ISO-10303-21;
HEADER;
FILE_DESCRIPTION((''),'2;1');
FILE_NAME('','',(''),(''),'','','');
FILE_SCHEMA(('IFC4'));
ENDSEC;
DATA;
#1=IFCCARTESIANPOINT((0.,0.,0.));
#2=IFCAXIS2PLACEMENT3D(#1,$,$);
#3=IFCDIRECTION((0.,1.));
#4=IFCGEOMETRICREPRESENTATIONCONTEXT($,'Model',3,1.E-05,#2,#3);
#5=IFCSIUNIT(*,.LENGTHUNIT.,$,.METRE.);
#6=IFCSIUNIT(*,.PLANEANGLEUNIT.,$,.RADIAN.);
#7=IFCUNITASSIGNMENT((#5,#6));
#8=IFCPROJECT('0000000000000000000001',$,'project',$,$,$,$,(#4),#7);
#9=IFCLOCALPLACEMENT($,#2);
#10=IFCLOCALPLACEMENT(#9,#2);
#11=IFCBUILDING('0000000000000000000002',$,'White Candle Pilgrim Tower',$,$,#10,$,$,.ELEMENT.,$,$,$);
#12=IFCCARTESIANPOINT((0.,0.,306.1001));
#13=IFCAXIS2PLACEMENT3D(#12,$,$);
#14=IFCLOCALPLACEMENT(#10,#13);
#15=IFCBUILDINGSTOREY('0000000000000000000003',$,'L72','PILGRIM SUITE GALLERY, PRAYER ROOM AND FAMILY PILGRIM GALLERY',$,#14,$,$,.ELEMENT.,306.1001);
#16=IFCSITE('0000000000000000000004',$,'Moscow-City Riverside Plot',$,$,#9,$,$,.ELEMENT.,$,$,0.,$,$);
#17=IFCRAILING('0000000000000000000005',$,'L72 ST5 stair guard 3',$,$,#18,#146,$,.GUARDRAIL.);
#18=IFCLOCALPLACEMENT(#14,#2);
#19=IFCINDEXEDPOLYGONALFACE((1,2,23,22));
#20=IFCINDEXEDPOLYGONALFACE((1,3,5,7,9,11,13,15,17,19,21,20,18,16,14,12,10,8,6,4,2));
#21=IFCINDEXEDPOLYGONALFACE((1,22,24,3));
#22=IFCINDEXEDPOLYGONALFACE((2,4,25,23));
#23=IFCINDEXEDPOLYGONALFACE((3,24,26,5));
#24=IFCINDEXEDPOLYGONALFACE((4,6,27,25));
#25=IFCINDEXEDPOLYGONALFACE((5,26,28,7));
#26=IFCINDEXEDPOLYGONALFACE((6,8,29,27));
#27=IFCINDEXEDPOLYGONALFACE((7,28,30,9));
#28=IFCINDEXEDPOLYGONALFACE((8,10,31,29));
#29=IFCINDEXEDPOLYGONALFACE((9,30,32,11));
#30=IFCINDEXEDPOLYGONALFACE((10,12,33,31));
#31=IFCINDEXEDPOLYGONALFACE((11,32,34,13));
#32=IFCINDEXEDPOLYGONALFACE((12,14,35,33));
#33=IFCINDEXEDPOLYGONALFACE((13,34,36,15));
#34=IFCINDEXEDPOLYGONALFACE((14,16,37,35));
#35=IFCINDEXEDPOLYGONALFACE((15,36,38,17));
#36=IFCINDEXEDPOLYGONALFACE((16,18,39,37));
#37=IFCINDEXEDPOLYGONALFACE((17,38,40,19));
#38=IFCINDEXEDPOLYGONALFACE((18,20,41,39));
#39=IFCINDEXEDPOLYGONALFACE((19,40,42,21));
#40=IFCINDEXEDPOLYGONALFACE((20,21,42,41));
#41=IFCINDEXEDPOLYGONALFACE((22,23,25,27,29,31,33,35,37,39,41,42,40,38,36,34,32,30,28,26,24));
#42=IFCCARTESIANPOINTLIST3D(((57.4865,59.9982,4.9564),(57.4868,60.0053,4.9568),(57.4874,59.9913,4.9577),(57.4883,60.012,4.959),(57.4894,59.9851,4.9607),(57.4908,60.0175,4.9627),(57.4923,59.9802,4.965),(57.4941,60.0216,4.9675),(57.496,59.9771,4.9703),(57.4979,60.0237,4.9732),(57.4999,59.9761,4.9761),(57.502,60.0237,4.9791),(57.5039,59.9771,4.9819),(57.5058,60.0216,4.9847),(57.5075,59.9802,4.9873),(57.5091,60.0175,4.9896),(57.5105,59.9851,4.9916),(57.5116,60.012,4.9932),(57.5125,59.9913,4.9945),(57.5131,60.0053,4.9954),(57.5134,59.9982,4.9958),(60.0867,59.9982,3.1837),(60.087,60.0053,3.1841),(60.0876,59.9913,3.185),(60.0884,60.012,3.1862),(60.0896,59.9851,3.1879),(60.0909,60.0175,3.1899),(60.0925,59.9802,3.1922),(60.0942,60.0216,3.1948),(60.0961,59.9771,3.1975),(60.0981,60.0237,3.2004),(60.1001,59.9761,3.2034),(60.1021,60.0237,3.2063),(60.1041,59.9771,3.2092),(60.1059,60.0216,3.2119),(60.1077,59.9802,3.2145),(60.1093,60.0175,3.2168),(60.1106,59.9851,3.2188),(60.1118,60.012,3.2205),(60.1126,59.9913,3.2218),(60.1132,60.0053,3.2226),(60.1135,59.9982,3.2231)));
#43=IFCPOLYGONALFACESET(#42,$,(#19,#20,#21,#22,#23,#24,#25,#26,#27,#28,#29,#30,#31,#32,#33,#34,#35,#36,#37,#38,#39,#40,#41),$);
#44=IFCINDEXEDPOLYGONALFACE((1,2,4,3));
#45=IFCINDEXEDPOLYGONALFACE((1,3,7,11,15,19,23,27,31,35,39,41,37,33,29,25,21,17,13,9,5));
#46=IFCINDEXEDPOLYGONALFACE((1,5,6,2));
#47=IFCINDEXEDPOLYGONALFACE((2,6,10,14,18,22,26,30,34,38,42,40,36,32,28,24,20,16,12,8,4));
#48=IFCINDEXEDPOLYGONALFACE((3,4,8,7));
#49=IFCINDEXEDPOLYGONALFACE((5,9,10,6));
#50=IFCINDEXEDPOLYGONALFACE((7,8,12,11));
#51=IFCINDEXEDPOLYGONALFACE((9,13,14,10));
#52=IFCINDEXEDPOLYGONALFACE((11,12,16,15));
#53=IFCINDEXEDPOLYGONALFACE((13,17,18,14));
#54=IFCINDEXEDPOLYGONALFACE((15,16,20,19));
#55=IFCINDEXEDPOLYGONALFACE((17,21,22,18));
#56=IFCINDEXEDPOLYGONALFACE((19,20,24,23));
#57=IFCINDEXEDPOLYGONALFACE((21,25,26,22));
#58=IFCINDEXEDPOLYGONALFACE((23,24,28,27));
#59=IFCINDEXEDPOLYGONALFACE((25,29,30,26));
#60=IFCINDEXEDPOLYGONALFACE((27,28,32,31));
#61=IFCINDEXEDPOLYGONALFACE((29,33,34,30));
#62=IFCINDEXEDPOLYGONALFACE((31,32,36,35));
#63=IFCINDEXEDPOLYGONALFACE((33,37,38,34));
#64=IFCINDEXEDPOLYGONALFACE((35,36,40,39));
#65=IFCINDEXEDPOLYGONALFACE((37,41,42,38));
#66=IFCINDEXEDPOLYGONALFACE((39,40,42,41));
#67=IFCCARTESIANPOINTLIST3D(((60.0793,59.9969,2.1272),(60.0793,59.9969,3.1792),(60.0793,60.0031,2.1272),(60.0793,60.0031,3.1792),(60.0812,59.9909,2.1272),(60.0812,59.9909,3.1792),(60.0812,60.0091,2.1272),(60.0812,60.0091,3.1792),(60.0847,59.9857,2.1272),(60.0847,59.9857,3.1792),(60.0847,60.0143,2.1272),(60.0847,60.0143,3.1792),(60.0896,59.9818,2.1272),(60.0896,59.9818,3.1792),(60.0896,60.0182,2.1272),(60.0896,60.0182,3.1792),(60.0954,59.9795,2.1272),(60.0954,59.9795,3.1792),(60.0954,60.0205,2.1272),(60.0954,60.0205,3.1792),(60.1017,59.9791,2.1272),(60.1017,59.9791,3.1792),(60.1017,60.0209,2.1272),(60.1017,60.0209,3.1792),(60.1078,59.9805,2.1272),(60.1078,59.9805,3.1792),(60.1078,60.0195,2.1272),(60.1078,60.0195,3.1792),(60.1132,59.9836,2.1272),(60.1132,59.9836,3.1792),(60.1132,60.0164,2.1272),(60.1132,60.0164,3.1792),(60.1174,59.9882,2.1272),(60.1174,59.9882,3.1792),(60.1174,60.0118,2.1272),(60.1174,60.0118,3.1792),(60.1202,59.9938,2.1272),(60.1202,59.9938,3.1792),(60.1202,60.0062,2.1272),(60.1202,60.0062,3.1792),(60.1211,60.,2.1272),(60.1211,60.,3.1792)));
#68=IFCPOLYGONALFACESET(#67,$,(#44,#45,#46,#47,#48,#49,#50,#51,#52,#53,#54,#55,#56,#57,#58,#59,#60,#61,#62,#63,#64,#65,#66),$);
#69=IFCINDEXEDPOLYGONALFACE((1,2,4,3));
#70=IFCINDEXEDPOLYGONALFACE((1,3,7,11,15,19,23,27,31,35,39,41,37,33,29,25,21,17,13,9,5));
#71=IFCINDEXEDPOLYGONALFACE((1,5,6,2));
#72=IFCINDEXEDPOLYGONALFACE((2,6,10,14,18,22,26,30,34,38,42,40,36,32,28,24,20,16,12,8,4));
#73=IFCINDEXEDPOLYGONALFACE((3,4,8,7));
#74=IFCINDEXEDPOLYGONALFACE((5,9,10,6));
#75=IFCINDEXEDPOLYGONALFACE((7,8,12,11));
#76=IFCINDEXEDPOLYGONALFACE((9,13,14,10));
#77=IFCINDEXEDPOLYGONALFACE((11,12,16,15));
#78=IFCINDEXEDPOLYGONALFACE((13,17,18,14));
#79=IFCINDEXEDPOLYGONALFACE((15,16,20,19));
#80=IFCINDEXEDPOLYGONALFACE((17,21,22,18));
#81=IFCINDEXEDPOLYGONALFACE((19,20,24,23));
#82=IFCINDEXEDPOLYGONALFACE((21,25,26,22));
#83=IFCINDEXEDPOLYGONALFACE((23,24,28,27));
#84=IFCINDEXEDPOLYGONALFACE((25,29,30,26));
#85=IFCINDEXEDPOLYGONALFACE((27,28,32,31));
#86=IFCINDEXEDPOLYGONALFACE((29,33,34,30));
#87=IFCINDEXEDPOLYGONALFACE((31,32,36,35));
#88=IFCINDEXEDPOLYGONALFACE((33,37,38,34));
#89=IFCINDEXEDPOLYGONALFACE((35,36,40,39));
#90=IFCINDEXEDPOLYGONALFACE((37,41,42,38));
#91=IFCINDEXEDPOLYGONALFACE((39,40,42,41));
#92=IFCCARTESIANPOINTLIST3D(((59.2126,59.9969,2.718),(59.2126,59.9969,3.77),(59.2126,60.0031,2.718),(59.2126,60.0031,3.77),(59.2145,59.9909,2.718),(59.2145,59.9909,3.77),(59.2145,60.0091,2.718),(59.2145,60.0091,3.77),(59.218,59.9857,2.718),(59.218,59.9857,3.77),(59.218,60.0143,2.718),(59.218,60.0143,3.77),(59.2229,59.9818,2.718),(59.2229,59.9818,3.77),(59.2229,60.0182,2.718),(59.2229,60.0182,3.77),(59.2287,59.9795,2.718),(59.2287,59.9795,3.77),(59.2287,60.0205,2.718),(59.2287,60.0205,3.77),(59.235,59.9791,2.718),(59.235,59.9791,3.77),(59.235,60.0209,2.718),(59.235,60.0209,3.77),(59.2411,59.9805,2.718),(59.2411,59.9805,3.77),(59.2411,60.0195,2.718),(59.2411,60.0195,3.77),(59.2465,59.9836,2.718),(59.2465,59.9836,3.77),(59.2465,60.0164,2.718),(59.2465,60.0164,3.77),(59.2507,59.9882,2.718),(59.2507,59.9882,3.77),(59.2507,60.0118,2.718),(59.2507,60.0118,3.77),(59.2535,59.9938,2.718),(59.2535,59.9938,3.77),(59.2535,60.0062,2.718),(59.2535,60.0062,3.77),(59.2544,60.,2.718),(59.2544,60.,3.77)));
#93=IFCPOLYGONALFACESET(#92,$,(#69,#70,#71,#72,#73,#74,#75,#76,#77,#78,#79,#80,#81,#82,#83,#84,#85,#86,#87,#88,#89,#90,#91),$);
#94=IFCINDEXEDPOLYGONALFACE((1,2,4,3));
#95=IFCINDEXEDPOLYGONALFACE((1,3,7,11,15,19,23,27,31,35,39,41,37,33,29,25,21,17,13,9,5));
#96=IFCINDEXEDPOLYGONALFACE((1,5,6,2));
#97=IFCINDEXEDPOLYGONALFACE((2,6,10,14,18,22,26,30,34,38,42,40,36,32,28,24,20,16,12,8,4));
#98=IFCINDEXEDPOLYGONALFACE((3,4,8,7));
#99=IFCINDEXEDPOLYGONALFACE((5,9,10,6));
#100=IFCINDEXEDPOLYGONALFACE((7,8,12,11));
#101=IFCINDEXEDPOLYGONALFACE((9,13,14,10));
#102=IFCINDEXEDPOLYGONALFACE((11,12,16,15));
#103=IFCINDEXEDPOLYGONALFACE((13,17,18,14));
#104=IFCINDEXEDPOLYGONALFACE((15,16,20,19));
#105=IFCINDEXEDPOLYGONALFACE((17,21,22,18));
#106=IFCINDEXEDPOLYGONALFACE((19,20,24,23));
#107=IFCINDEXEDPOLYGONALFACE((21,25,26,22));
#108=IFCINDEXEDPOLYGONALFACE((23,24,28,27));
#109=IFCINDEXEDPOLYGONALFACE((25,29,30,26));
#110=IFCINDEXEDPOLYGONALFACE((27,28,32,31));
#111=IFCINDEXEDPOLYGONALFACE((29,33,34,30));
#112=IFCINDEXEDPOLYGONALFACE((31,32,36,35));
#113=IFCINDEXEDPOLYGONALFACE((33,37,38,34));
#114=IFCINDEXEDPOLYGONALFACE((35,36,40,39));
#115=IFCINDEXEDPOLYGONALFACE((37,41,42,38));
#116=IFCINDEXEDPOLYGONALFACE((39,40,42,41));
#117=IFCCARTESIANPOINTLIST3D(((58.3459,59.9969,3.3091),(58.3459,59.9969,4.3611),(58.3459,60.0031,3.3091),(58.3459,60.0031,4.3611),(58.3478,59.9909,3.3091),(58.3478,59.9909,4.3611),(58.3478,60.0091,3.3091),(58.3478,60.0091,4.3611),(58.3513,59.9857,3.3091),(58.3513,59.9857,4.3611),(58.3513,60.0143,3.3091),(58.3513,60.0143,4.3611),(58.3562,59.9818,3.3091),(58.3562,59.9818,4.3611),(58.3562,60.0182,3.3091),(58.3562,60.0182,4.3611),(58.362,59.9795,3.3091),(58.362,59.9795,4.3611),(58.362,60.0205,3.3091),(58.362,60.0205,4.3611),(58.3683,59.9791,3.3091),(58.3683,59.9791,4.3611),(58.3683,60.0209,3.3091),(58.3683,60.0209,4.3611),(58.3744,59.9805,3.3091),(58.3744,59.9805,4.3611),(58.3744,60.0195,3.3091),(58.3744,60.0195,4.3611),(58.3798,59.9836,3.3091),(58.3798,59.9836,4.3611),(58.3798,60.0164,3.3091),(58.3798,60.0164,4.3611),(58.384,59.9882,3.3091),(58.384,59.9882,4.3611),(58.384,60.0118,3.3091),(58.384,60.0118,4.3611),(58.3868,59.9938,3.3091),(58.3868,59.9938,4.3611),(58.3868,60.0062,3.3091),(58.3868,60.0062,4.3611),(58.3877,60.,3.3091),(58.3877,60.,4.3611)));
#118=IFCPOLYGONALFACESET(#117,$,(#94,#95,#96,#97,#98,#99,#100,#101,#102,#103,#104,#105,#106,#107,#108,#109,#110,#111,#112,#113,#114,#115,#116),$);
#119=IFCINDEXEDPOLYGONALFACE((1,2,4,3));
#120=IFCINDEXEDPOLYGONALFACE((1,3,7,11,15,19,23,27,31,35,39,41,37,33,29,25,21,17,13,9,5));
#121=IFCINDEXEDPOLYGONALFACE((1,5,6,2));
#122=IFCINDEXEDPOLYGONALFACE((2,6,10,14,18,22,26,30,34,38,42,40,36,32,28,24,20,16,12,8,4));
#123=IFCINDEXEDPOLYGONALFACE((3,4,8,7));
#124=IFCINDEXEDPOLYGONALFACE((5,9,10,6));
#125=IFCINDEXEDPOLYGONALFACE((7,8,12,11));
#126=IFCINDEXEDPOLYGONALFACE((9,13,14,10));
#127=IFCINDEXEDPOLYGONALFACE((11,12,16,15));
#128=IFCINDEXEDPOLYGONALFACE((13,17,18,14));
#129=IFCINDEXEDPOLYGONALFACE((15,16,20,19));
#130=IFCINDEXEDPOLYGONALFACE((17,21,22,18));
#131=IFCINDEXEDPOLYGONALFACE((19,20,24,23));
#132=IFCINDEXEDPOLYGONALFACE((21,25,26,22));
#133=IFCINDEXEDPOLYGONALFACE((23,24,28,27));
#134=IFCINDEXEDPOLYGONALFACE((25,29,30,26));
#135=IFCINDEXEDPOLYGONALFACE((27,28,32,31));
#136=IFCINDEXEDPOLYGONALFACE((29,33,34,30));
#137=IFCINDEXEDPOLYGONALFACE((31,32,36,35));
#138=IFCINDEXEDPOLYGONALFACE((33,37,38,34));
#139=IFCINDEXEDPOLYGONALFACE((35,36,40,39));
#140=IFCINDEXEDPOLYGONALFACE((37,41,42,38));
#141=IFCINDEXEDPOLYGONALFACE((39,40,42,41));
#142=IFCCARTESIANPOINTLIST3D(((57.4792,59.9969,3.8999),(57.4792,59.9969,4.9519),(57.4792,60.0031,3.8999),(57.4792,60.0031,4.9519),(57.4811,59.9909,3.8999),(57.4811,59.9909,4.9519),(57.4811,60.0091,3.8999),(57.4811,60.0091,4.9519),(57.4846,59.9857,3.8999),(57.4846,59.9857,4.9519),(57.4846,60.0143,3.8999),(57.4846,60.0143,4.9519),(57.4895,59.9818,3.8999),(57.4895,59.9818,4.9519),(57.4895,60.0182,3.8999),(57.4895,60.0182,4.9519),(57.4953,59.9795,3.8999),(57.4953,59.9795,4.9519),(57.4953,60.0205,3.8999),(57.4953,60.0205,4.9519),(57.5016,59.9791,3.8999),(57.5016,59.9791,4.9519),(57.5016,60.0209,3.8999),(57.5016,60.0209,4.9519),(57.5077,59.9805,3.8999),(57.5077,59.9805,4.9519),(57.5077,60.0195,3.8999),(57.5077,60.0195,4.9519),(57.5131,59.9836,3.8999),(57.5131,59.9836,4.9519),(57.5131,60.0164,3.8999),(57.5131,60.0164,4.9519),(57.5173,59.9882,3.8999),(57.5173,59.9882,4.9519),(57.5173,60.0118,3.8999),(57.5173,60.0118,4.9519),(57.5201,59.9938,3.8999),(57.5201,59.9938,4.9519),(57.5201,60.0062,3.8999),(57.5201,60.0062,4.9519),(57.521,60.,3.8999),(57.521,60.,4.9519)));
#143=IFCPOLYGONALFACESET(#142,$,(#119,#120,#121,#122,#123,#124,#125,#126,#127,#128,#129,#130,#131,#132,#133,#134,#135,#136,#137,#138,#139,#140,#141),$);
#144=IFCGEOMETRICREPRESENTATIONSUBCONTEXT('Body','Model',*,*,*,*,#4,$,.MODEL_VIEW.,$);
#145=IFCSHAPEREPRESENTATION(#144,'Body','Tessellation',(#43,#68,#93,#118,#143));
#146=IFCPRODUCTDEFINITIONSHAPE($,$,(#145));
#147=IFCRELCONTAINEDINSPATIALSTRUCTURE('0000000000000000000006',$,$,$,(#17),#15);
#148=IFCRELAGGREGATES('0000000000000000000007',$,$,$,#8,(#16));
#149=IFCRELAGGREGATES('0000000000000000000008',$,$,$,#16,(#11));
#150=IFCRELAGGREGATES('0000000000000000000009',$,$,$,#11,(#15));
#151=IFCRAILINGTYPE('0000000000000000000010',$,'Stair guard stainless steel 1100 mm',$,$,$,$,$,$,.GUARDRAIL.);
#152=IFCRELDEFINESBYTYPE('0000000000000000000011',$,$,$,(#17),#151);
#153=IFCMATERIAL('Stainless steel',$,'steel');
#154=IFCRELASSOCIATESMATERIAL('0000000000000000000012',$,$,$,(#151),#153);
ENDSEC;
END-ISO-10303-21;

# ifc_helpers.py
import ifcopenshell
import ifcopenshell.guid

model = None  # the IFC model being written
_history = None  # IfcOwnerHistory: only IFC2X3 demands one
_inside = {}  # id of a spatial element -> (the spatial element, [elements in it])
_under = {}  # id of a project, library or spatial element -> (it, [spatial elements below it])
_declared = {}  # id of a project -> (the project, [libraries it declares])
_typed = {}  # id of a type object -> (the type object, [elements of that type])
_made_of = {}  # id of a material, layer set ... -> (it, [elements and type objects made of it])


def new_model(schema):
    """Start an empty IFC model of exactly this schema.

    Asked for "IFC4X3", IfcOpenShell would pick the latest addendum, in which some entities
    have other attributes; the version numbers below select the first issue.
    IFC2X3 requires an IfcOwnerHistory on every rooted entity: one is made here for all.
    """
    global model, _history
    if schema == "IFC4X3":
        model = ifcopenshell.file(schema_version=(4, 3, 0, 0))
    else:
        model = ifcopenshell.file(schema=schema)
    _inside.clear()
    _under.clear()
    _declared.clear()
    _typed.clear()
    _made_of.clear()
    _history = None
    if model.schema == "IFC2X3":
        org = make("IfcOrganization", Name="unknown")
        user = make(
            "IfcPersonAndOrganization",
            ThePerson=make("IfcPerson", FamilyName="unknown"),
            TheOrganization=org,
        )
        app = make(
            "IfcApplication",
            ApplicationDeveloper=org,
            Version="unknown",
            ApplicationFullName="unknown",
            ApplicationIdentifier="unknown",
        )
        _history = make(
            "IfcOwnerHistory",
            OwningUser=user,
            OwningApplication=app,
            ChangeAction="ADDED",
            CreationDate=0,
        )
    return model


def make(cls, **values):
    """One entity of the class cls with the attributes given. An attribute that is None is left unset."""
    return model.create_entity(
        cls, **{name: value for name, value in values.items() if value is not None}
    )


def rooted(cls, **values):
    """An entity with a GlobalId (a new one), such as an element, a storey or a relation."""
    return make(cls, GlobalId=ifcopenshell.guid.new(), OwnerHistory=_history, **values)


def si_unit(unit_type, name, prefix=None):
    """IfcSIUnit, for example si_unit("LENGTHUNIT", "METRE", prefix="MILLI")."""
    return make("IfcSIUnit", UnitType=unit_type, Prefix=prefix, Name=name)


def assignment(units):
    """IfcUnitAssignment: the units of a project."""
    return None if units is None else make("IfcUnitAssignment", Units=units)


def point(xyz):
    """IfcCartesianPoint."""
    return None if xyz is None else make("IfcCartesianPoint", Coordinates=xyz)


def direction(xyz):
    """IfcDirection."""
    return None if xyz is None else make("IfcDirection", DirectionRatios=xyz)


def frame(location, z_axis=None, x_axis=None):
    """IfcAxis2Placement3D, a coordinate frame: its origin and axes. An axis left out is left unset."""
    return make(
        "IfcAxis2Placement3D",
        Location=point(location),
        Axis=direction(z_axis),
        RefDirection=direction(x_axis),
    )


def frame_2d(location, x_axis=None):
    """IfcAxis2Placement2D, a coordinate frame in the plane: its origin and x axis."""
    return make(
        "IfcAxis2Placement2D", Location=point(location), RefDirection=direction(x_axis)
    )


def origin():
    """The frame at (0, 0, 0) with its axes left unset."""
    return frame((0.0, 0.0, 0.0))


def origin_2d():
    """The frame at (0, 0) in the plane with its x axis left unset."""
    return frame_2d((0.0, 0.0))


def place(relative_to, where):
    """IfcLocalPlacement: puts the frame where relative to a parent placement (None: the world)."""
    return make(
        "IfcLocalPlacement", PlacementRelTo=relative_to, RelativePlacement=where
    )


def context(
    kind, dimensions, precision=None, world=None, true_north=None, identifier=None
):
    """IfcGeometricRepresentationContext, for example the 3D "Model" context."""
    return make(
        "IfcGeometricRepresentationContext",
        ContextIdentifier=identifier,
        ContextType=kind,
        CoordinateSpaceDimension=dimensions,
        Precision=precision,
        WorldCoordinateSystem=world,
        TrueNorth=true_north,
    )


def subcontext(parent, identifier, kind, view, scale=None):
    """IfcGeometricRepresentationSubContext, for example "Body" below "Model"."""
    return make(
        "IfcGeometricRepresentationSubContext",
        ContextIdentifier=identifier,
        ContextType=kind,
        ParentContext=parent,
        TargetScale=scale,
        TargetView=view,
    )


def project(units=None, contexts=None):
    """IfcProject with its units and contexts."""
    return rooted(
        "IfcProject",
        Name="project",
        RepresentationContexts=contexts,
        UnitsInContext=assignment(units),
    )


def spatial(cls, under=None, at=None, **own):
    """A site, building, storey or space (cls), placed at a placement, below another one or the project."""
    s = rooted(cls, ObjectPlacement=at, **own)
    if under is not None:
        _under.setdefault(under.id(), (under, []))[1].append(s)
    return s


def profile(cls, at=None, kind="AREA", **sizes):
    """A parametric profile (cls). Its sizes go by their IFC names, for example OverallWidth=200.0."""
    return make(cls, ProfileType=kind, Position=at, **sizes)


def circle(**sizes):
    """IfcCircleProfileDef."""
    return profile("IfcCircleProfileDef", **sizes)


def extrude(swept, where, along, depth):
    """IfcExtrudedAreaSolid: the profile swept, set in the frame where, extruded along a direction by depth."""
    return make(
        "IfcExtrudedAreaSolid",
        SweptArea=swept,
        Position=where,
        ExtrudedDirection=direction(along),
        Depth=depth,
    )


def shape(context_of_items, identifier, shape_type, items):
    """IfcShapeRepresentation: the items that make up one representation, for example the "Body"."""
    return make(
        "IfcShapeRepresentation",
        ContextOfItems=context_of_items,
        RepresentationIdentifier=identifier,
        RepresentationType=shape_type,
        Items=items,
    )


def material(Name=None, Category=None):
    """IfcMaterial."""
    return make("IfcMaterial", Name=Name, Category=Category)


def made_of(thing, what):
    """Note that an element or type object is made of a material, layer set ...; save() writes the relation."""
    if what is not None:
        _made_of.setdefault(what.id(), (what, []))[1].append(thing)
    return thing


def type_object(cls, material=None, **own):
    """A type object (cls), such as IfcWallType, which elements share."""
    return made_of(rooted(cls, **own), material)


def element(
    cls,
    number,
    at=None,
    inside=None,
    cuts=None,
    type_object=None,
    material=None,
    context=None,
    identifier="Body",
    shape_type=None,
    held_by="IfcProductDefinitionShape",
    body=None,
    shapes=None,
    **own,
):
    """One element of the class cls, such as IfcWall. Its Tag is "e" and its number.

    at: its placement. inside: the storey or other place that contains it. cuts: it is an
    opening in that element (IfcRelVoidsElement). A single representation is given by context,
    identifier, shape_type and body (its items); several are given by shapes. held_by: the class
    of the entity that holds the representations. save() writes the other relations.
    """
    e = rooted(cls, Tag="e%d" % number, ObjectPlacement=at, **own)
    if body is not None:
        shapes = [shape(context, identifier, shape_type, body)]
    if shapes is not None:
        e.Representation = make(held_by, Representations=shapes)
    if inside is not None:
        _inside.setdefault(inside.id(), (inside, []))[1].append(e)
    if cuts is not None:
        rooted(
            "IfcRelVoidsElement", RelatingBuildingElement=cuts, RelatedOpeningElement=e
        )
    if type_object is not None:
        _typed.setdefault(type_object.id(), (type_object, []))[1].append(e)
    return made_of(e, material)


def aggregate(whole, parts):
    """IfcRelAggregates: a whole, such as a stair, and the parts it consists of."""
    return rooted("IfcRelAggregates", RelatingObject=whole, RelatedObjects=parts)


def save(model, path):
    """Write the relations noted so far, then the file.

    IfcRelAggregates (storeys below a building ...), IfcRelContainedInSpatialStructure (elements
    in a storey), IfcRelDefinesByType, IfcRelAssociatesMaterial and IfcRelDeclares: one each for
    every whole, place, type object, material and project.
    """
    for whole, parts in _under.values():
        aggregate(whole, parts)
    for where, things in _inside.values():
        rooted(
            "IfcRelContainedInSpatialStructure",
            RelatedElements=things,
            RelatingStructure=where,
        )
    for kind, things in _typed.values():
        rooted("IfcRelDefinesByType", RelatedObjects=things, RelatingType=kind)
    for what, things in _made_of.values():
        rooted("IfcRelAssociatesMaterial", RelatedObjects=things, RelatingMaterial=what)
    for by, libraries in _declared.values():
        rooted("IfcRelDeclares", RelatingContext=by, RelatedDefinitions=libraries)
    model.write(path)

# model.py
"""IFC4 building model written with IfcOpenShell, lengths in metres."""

from ifc_helpers import new_model, si_unit, direction, frame, origin, origin_2d, place, context, subcontext, project, spatial, circle, extrude, material, type_object, element, save


model = new_model("IFC4")

# Units and contexts
model_context = context("Model", 3, precision=1e-05, world=origin(), true_north=direction((0.0, 1.0)))
body_context = subcontext(model_context, "Body", "Model", "MODEL_VIEW")
ifc_project = project(units=[si_unit("LENGTHUNIT", "METRE"), si_unit("PLANEANGLEUNIT", "RADIAN")], contexts=[model_context])

# Site, building, storey
site_placement = place(None, origin())
site = spatial("IfcSite", under=ifc_project, at=site_placement, Name="Moscow-City Riverside Plot", CompositionType="ELEMENT", RefElevation=0.0)
building_placement = place(site_placement, origin())
building = spatial("IfcBuilding", under=site, at=building_placement, Name="White Candle Pilgrim Tower", CompositionType="ELEMENT")
storey_placement = place(building_placement, frame((0.0, 0.0, 306.1001)))
storey = spatial("IfcBuildingStorey", under=building, at=storey_placement, Name="L72", Description="PILGRIM SUITE GALLERY, PRAYER ROOM AND FAMILY PILGRIM GALLERY", CompositionType="ELEMENT", Elevation=306.1001)

# Railing
ifc_material_1 = material(Name="Stainless steel", Category="steel")
railing_type_1 = type_object("IfcRailingType", Name="Stair guard stainless steel 1100 mm", PredefinedType="GUARDRAIL", material=ifc_material_1)
railing_1_placement = place(storey_placement, frame((60.1001, 60.0, 2.1272)))
element("IfcRailing", 1, at=railing_1_placement, inside=storey, type_object=railing_type_1, Name="L72 ST5 stair guard 3", PredefinedType="GUARDRAIL", context=body_context, shape_type="SweptSolid", body=[
    extrude(circle(Radius=0.0239, at=origin_2d()), frame((0.0, 0.0, 1.0762), z_axis=(-0.82624, 0.0, 0.563318), x_axis=(0.0, -1.0, 0.0)), (0.0, 0.0, 1.0), 3.147),
    extrude(circle(Radius=0.021, at=origin_2d()), origin(), (0.0, 0.0, 1.0), 1.052),
    extrude(circle(Radius=0.021, at=origin_2d()), frame((-0.8667, 0.0, 0.5908)), (0.0, 0.0, 1.0), 1.052),
    extrude(circle(Radius=0.021, at=origin_2d()), frame((-1.7334, 0.0, 1.1819)), (0.0, 0.0, 1.0), 1.052),
    extrude(circle(Radius=0.021, at=origin_2d()), frame((-2.6001, 0.0, 1.7727)), (0.0, 0.0, 1.0), 1.052),
])

save(model, "model.ifc")
